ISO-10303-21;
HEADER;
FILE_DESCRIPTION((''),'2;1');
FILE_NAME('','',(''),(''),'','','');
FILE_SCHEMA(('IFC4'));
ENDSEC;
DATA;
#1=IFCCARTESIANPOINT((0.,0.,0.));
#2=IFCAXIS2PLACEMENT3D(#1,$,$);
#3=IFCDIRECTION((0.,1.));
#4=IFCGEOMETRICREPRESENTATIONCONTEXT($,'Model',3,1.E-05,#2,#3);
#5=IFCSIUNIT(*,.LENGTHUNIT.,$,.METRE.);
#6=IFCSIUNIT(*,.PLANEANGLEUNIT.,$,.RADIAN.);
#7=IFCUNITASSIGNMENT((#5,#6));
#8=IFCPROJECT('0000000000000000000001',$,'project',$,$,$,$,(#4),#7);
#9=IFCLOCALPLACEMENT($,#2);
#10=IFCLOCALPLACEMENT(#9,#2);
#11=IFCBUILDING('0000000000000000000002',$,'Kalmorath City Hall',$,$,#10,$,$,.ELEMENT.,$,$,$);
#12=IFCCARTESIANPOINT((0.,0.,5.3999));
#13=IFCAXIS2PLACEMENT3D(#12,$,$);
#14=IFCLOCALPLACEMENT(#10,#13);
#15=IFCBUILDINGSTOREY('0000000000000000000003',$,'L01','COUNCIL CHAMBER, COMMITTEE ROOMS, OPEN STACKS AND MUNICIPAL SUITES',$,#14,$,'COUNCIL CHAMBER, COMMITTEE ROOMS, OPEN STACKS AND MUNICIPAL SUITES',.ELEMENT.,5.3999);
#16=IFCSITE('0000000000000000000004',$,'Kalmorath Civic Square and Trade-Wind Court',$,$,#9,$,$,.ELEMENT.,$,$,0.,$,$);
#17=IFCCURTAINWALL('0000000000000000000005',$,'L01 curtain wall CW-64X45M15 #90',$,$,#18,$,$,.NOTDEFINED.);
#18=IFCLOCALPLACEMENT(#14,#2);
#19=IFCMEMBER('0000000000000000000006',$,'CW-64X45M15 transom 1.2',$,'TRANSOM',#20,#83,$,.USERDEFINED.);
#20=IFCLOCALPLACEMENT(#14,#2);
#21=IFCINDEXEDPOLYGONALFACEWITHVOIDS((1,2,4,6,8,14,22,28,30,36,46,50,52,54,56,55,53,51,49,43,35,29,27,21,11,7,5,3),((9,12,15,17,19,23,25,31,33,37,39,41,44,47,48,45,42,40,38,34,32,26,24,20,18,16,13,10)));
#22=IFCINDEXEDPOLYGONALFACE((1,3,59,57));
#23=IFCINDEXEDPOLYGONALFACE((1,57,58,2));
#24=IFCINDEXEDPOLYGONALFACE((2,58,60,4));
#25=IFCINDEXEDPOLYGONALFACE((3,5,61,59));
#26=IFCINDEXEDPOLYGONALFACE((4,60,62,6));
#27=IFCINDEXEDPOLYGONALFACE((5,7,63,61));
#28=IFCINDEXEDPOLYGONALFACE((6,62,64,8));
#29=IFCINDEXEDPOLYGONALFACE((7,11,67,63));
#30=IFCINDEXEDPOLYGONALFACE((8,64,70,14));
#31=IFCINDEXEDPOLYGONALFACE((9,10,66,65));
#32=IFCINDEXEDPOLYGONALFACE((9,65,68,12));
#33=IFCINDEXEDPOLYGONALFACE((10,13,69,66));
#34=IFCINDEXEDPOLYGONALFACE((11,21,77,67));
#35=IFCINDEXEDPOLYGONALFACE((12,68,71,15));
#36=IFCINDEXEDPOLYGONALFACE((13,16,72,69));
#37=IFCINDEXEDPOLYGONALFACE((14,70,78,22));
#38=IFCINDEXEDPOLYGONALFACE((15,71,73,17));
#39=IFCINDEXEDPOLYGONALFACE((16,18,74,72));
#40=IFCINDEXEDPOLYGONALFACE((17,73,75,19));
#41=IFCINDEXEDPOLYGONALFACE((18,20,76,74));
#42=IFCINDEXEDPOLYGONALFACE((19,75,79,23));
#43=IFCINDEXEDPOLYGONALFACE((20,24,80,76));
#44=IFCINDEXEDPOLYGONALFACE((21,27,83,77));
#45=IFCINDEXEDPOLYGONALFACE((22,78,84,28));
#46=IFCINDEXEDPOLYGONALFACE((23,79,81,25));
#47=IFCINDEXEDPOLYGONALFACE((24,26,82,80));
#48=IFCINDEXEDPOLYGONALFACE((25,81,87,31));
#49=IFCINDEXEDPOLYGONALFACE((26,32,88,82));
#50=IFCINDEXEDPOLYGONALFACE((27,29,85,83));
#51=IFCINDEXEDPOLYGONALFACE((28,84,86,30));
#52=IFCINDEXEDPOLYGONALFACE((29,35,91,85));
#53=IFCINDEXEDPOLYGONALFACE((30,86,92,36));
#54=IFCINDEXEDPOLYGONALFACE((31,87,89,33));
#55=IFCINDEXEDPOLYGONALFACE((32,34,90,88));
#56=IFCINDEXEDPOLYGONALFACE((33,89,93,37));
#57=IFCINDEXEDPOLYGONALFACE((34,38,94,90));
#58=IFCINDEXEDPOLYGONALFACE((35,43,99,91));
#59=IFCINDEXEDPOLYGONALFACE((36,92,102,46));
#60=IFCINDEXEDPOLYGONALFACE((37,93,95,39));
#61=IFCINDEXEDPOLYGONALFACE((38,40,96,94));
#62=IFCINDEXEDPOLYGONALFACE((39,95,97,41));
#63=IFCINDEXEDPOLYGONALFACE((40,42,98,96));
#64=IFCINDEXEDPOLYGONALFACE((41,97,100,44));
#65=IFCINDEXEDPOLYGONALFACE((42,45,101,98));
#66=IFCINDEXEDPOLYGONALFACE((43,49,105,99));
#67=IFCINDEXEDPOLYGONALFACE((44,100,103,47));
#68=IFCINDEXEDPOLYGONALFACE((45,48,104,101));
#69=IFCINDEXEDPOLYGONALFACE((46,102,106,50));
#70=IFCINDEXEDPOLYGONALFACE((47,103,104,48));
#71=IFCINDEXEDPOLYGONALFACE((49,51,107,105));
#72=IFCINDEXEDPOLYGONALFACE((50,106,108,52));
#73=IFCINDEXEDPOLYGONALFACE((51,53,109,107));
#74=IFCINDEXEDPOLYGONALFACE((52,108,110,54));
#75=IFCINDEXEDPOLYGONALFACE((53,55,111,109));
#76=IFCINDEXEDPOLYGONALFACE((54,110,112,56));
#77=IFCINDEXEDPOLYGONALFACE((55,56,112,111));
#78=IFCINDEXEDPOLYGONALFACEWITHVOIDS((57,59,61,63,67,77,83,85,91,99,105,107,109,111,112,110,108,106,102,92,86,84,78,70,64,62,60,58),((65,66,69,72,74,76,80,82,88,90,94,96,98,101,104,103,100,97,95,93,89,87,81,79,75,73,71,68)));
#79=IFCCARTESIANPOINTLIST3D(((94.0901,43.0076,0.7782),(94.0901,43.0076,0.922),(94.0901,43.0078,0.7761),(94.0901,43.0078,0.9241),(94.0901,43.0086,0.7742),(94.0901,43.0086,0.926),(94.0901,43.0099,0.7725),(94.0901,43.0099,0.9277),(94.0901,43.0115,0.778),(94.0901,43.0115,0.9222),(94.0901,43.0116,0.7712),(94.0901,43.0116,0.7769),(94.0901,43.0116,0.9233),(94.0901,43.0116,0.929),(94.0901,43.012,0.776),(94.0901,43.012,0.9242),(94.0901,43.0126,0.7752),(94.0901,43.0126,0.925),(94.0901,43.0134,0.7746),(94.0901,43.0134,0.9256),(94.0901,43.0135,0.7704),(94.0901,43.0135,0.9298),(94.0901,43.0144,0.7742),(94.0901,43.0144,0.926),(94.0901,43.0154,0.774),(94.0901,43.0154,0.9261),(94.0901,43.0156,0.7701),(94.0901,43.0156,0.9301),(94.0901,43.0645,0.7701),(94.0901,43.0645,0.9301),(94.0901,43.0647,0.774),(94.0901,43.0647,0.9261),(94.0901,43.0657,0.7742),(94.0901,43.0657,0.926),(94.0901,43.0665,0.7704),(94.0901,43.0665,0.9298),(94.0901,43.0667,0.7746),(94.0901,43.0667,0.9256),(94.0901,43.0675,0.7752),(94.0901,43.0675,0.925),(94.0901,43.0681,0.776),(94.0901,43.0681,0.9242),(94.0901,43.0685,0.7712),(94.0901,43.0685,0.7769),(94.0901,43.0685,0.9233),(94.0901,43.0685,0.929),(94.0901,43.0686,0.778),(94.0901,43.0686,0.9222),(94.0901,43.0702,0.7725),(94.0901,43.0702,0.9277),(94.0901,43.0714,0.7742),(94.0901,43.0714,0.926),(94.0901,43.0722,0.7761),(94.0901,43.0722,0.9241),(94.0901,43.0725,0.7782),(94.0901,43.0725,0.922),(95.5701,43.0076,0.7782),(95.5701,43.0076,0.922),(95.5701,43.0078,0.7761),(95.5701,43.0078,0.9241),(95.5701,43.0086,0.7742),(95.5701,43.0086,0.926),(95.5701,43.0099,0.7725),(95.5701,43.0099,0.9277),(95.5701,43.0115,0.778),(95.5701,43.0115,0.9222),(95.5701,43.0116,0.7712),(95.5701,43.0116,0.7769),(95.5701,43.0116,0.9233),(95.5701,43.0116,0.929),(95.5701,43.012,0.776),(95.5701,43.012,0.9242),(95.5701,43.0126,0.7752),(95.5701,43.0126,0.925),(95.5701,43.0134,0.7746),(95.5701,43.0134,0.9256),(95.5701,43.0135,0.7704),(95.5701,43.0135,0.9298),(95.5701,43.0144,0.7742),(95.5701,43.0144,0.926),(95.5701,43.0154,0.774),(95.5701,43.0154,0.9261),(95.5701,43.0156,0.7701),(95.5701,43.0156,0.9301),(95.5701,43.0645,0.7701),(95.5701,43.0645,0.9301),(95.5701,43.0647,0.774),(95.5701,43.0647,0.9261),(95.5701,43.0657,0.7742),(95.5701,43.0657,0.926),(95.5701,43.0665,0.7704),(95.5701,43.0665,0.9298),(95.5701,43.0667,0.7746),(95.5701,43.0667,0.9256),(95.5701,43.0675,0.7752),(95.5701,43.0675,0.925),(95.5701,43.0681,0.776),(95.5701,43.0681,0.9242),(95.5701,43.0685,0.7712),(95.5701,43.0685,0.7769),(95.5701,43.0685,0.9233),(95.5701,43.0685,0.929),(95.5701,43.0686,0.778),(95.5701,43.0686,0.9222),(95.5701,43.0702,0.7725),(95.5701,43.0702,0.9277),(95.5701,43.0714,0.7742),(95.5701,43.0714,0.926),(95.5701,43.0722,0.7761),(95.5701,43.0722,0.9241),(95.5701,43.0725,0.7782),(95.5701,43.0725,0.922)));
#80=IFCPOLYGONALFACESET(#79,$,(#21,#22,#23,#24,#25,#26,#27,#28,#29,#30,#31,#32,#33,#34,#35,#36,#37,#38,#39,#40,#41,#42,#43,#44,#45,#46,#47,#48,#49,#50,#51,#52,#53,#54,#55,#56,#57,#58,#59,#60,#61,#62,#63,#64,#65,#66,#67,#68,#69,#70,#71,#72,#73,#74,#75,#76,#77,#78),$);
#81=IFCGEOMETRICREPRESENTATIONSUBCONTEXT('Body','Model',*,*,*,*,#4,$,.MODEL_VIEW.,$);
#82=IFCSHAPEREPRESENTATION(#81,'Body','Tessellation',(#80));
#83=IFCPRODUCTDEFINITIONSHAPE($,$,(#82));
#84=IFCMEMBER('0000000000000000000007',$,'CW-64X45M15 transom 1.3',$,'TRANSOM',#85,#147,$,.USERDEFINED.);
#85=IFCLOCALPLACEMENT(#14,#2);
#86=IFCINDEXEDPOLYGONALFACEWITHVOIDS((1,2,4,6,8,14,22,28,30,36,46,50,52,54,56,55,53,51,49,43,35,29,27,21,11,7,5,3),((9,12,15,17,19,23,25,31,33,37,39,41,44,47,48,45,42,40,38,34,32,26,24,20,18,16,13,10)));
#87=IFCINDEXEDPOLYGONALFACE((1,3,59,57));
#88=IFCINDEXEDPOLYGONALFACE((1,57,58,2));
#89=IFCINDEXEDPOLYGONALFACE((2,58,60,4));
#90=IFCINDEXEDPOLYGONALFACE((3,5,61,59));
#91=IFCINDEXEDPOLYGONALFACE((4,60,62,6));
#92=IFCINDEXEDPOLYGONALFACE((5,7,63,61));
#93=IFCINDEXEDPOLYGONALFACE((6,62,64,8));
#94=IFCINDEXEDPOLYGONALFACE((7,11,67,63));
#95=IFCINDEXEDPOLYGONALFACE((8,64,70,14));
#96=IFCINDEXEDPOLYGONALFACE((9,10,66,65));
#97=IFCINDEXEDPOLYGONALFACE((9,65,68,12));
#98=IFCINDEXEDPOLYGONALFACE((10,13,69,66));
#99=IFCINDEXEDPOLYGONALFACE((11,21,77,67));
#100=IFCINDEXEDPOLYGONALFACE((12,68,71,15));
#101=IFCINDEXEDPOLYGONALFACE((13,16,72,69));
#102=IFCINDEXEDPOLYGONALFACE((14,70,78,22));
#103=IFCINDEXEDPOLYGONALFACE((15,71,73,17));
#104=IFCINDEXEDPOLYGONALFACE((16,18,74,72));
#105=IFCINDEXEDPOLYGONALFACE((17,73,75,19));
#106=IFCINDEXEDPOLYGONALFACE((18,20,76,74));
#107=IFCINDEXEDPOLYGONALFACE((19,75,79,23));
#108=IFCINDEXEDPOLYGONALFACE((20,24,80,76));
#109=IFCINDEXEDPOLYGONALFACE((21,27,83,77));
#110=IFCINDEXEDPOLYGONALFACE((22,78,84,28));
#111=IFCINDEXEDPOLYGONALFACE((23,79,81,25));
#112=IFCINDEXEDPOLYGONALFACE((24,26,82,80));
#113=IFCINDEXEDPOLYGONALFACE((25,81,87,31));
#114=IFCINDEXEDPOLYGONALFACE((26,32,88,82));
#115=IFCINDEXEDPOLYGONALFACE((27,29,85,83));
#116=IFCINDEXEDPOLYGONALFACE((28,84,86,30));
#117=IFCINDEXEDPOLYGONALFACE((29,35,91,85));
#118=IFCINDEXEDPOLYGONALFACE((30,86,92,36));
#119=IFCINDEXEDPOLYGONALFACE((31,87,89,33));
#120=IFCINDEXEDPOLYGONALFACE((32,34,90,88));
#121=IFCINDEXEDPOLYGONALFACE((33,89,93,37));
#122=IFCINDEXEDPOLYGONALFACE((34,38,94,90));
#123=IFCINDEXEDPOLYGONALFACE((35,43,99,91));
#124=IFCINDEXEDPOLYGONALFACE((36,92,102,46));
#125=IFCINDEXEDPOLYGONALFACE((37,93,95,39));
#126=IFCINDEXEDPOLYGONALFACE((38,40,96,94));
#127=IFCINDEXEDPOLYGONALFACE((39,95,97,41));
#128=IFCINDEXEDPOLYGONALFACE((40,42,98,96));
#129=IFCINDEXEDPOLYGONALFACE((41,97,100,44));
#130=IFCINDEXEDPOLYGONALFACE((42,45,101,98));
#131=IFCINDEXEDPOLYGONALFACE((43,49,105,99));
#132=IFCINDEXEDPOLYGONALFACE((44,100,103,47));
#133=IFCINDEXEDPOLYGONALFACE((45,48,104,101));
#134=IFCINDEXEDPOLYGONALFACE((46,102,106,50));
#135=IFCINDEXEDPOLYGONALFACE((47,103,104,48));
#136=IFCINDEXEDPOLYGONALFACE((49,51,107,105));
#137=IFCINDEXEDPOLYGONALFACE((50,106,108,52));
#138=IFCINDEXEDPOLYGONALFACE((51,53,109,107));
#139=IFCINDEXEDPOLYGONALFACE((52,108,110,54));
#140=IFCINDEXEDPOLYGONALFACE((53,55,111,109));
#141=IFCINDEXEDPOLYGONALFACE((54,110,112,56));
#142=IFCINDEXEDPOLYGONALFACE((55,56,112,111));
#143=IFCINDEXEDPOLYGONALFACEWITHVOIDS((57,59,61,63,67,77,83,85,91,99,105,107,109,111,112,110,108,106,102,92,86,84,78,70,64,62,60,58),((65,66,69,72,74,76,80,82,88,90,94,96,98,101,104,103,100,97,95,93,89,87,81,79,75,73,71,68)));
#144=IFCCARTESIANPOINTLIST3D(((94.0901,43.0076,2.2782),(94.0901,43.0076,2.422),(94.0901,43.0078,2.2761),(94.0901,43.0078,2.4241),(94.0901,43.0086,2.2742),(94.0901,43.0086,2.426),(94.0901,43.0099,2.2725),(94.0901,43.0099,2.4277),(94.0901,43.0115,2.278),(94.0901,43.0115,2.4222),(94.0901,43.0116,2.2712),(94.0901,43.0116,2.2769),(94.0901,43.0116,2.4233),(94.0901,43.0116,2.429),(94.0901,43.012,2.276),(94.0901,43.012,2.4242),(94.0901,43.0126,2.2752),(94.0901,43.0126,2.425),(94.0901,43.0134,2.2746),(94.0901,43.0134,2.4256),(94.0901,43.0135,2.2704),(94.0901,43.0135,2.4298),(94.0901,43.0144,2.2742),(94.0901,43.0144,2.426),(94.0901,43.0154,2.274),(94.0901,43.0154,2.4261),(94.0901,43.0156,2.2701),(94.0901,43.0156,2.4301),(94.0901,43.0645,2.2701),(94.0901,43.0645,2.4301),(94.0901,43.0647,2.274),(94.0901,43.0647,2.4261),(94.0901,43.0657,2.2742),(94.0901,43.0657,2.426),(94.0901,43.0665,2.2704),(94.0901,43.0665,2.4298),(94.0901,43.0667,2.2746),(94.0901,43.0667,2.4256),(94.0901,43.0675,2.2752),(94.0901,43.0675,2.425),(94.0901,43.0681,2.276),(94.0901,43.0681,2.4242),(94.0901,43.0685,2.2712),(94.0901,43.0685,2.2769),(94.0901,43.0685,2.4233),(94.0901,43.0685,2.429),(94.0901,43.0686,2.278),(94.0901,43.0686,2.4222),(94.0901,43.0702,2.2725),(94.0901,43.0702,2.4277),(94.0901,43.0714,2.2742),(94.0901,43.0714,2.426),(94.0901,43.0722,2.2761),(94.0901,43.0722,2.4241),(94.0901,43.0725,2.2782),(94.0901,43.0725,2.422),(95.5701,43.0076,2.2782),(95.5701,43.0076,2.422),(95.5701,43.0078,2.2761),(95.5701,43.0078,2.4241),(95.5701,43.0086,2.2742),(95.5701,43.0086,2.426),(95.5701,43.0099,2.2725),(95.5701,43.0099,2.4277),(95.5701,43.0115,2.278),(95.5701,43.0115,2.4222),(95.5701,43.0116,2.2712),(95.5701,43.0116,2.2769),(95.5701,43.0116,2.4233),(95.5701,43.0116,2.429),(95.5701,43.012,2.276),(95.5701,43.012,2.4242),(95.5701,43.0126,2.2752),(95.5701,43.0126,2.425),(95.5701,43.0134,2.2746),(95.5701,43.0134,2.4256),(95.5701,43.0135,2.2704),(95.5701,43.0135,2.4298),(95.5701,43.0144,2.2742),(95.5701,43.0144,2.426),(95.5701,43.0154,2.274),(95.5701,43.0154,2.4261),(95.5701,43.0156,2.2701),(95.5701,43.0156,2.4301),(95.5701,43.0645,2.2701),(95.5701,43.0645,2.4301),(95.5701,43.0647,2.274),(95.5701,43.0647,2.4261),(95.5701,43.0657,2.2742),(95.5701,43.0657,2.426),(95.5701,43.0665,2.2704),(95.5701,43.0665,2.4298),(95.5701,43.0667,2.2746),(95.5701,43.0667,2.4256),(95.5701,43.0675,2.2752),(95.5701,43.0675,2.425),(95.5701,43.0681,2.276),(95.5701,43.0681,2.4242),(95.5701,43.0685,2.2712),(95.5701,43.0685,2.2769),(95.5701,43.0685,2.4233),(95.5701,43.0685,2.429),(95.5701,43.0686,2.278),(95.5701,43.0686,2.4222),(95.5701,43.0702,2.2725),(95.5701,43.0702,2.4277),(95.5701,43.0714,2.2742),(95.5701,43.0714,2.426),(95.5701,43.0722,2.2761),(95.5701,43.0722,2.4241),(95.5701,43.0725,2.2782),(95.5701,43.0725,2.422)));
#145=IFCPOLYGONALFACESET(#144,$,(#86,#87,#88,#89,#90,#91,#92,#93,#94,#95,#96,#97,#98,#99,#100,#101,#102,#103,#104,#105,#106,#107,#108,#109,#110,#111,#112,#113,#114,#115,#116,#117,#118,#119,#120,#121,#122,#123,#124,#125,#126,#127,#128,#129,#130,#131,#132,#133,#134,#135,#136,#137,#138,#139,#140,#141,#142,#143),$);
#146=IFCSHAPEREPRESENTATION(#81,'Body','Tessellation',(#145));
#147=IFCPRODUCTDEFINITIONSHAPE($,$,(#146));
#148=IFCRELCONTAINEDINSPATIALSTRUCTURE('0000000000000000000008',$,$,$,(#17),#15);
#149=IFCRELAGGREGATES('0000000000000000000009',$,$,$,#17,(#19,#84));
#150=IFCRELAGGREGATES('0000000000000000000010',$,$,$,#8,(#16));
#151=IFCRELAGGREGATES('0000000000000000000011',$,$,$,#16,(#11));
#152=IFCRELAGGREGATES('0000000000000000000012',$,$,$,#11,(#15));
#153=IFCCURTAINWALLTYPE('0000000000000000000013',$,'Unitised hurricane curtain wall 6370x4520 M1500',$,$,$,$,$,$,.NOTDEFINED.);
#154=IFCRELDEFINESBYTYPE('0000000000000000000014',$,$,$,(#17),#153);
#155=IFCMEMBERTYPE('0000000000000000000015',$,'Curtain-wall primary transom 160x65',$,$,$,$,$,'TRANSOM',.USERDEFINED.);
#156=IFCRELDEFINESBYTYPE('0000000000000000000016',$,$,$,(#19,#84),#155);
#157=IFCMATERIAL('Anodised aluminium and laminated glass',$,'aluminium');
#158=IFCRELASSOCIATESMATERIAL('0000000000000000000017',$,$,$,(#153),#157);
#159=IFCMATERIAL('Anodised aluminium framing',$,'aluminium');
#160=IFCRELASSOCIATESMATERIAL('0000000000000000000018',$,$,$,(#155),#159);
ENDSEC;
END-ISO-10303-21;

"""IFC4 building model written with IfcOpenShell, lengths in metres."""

from ifc_helpers import new_model, si_unit, direction, frame, origin, origin_2d, place, context, subcontext, project, spatial, hollow_rectangle, extrude, material, material_profile, profile_set, type_object, element, aggregate, save


model = new_model("IFC4")

# Units and contexts
model_context = context("Model", 3, precision=1e-05, world=origin(), true_north=direction((0.0, 1.0)))
body_context = subcontext(model_context, "Body", "Model", "MODEL_VIEW")
ifc_project = project(units=[si_unit("LENGTHUNIT", "METRE"), si_unit("PLANEANGLEUNIT", "RADIAN")], contexts=[model_context])

# Site, building, storey
site_placement = place(None, origin())
site = spatial("IfcSite", under=ifc_project, at=site_placement, Name="Kalmorath Civic Square and Trade-Wind Court", CompositionType="ELEMENT", RefElevation=0.0)
building_placement = place(site_placement, origin())
building = spatial("IfcBuilding", under=site, at=building_placement, Name="Kalmorath City Hall", CompositionType="ELEMENT")
storey_placement = place(building_placement, frame((0.0, 0.0, 5.3999)))
storey = spatial("IfcBuildingStorey", under=building, at=storey_placement, Name="L01", Description="COUNCIL CHAMBER, COMMITTEE ROOMS, OPEN STACKS AND MUNICIPAL SUITES", LongName="COUNCIL CHAMBER, COMMITTEE ROOMS, OPEN STACKS AND MUNICIPAL SUITES", CompositionType="ELEMENT", Elevation=5.3999)

# Curtain wall
ifc_material_1 = material(Name="Anodised aluminium and laminated glass", Category="aluminium")
curtain_wall_type_1 = type_object("IfcCurtainWallType", Name="Unitised hurricane curtain wall 6370x4520 M1500", PredefinedType="NOTDEFINED", material=ifc_material_1)
curtain_wall_1_placement = place(storey_placement, origin())
curtain_wall_1 = element("IfcCurtainWall", 1, at=curtain_wall_1_placement, inside=storey, type_object=curtain_wall_type_1, Name="L01 curtain wall CW-64X45M15 #90", PredefinedType="NOTDEFINED")

# Members
ifc_material_2 = material(Name="Anodised aluminium framing", Category="aluminium")
ifc_material_profile_1 = material_profile(ifc_material_2, hollow_rectangle(XDim=0.0649, YDim=0.1599, WallThickness=0.0039, InnerFilletRadius=0.0039, OuterFilletRadius=0.0081, at=origin_2d()), Name="ALU-TRN-160X65X4")
ifc_profile_set_1 = profile_set([ifc_material_profile_1], Name="Anodised aluminium framing")
member_type_1 = type_object("IfcMemberType", Name="Curtain-wall primary transom 160x65", ElementType="TRANSOM", PredefinedType="USERDEFINED", material=ifc_profile_set_1)
member_1_placement = place(storey_placement, frame((94.0901, 43.04, 0.8501), z_axis=(1.0, 0.0, 0.0), x_axis=(0.0, 1.0, 0.0)))
member_1 = element("IfcMember", 2, at=member_1_placement, type_object=member_type_1, Name="CW-64X45M15 transom 1.2", ObjectType="TRANSOM", PredefinedType="USERDEFINED", context=body_context, shape_type="SweptSolid", body=[
    extrude(hollow_rectangle(XDim=0.0649, YDim=0.1599, WallThickness=0.0039, InnerFilletRadius=0.0039, OuterFilletRadius=0.0081, at=origin_2d()), origin(), (0.0, 0.0, 1.0), 1.48),
])
member_2_placement = place(storey_placement, frame((94.0901, 43.04, 2.3501), z_axis=(1.0, 0.0, 0.0), x_axis=(0.0, 1.0, 0.0)))
member_2 = element("IfcMember", 3, at=member_2_placement, type_object=member_type_1, Name="CW-64X45M15 transom 1.3", ObjectType="TRANSOM", PredefinedType="USERDEFINED", context=body_context, shape_type="SweptSolid", body=[
    extrude(hollow_rectangle(XDim=0.0649, YDim=0.1599, WallThickness=0.0039, InnerFilletRadius=0.0039, OuterFilletRadius=0.0081, at=origin_2d()), origin(), (0.0, 0.0, 1.0), 1.48),
])

aggregate(curtain_wall_1, [member_1, member_2])

save(model, "model.ifc")
